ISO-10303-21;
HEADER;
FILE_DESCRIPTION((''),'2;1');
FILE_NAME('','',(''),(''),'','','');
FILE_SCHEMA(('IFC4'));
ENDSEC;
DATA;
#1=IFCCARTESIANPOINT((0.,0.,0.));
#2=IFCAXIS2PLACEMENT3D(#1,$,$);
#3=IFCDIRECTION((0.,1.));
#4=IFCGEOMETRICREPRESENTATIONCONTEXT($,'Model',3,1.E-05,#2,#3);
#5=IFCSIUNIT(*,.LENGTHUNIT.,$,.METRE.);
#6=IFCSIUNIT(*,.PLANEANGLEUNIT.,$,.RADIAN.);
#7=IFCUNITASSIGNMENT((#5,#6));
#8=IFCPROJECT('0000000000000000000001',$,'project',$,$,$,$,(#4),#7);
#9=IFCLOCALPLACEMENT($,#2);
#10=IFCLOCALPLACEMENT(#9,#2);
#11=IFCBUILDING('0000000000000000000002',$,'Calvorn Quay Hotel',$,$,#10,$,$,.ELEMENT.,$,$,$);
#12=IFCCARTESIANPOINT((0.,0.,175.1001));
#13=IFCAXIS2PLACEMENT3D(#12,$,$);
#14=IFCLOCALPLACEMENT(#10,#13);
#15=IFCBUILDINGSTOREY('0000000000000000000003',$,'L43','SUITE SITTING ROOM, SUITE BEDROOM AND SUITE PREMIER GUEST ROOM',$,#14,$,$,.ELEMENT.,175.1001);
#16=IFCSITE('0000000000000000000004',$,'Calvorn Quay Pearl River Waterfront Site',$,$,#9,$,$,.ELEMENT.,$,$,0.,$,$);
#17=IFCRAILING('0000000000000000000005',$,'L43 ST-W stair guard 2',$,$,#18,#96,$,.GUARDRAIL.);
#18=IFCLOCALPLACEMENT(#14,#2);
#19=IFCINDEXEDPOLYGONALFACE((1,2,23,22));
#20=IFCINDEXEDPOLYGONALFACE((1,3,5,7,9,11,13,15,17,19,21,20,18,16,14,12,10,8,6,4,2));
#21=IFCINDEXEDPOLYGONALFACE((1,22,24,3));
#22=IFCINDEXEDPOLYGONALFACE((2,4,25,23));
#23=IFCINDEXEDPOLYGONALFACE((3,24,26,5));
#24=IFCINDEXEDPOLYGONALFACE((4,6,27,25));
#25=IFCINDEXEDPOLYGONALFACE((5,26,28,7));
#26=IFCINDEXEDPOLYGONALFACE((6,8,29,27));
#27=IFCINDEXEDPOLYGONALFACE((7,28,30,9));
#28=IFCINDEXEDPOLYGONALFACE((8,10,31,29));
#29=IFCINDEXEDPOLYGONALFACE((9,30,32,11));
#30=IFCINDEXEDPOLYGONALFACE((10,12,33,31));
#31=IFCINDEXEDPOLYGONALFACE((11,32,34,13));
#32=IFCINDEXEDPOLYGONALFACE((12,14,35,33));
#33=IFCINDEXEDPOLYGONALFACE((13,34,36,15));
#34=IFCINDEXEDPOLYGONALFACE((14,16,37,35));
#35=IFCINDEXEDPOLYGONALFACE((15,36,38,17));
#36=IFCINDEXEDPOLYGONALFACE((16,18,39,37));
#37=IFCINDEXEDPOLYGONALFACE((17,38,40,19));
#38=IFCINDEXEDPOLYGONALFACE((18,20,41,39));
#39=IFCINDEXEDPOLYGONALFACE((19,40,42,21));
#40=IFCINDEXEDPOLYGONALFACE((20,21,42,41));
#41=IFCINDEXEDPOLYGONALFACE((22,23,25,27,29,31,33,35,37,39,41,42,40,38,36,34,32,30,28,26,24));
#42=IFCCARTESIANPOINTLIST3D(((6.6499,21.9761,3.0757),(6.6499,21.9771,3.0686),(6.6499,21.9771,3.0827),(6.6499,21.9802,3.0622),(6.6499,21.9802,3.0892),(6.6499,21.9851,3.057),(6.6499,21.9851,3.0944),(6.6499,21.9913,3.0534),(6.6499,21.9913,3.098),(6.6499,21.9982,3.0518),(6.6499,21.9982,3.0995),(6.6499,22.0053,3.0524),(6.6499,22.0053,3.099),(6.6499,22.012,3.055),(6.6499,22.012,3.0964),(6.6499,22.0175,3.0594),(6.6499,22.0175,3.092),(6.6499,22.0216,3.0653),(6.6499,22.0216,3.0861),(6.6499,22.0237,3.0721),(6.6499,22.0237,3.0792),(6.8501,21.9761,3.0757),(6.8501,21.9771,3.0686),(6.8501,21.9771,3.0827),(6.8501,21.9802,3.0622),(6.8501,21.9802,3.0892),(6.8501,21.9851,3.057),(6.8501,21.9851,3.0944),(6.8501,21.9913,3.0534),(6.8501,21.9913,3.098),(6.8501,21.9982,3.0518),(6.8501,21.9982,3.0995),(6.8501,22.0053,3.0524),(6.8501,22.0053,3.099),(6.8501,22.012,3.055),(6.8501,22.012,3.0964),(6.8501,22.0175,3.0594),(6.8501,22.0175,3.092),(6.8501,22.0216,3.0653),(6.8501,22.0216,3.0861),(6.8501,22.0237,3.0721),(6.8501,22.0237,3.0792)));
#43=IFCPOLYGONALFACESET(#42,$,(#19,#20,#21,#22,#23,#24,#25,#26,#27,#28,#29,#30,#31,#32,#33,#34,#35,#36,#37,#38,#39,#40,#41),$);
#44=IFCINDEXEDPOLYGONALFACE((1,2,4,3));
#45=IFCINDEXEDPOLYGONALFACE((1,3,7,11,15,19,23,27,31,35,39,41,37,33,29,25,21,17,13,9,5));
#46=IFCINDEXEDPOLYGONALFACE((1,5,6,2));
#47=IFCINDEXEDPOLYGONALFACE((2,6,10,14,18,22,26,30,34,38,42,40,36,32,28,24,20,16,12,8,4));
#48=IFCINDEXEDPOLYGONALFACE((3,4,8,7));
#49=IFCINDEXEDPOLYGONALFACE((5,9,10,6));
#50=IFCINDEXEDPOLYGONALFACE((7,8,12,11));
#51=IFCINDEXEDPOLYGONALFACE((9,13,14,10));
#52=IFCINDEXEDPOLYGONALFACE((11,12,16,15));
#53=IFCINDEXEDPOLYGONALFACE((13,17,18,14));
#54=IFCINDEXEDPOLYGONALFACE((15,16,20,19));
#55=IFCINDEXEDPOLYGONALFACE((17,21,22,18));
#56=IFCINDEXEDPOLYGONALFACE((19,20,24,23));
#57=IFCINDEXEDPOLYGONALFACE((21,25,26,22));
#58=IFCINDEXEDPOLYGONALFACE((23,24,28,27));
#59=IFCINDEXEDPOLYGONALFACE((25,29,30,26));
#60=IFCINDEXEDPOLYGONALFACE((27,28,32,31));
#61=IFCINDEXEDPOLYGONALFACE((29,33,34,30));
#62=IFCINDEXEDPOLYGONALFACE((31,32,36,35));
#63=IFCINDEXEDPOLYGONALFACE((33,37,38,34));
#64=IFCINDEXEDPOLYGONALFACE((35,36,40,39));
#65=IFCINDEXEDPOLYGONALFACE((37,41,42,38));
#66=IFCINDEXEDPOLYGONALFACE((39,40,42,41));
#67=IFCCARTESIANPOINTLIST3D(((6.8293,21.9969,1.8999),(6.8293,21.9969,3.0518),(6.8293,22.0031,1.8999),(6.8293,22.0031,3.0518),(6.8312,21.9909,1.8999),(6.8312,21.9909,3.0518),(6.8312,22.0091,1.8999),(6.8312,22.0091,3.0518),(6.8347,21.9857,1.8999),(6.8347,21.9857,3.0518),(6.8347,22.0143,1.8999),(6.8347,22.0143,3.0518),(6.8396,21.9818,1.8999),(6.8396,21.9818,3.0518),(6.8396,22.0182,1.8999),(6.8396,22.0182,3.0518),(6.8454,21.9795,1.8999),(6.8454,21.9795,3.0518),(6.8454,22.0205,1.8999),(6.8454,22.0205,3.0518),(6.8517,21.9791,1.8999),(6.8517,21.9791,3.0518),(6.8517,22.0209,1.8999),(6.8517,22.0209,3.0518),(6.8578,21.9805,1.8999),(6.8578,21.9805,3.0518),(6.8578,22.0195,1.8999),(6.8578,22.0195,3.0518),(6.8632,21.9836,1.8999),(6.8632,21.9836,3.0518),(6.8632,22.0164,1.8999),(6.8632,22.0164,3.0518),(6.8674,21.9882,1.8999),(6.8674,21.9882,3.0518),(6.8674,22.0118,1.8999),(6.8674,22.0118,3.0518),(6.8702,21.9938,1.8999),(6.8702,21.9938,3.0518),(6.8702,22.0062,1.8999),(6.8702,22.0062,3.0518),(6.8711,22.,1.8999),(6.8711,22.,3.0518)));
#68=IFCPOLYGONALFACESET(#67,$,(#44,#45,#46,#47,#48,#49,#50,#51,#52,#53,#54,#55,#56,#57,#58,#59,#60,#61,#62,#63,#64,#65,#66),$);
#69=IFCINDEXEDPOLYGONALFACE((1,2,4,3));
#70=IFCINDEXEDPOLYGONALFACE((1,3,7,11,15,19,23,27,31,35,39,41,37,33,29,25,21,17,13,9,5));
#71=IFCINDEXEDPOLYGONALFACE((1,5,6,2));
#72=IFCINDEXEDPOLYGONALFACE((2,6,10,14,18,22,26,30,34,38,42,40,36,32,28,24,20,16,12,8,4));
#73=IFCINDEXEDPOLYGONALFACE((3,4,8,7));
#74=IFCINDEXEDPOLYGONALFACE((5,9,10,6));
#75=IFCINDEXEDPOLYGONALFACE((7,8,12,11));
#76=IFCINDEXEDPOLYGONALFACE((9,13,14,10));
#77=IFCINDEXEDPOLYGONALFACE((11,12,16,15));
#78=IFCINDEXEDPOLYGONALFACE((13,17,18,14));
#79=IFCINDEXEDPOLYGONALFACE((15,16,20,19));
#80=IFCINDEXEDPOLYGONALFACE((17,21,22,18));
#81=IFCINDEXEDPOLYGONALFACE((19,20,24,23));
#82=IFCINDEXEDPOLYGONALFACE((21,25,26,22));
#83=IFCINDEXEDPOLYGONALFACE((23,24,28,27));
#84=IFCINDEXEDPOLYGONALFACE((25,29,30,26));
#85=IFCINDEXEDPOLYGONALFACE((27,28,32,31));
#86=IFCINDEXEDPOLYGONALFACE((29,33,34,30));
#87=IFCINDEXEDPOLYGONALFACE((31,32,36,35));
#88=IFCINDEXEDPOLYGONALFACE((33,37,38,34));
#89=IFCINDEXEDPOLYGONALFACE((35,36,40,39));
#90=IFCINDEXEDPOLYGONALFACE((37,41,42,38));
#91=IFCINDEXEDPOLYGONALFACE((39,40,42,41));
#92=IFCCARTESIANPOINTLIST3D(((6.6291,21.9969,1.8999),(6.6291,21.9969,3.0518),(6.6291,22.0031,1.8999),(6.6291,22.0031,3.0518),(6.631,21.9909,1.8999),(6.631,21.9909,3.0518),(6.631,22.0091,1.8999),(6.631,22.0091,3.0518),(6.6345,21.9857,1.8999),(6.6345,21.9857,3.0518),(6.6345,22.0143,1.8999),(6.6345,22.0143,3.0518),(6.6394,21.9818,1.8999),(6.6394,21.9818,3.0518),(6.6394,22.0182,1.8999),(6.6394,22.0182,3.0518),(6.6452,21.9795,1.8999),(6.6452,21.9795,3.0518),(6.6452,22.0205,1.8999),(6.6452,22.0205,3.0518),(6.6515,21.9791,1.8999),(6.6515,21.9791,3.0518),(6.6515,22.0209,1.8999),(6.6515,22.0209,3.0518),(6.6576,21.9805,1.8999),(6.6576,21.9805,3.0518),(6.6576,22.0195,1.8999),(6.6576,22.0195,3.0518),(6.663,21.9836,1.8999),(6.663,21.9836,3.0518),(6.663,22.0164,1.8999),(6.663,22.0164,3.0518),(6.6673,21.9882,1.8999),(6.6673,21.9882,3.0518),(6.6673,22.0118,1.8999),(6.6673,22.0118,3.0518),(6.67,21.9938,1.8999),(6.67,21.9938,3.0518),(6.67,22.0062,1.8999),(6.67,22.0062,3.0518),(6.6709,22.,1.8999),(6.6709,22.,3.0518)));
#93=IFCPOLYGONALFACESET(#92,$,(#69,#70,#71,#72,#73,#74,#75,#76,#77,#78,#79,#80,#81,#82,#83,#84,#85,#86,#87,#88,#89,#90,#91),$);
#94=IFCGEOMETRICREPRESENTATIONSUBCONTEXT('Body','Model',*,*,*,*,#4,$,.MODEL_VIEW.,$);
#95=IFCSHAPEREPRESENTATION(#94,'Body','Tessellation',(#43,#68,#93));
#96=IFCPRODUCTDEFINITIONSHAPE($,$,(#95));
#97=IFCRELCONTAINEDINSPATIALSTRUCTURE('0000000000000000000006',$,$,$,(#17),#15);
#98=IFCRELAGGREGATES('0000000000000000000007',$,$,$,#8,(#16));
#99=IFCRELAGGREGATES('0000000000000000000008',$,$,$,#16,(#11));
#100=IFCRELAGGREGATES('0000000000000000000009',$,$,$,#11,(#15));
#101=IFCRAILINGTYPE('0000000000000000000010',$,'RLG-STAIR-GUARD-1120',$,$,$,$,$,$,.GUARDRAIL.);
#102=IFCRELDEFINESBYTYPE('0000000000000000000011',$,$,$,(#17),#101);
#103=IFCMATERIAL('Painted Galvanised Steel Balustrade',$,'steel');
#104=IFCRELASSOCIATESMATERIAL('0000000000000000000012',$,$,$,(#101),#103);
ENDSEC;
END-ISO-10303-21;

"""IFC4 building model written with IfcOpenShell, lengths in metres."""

from ifc_helpers import new_model, si_unit, direction, frame, origin, origin_2d, place, context, subcontext, project, spatial, circle, extrude, material, type_object, element, save


model = new_model("IFC4")

# Units and contexts
model_context = context("Model", 3, precision=1e-05, world=origin(), true_north=direction((0.0, 1.0)))
body_context = subcontext(model_context, "Body", "Model", "MODEL_VIEW")
ifc_project = project(units=[si_unit("LENGTHUNIT", "METRE"), si_unit("PLANEANGLEUNIT", "RADIAN")], contexts=[model_context])

# Site, building, storey
site_placement = place(None, origin())
site = spatial("IfcSite", under=ifc_project, at=site_placement, Name="Calvorn Quay Pearl River Waterfront Site", CompositionType="ELEMENT", RefElevation=0.0)
building_placement = place(site_placement, origin())
building = spatial("IfcBuilding", under=site, at=building_placement, Name="Calvorn Quay Hotel", CompositionType="ELEMENT")
storey_placement = place(building_placement, frame((0.0, 0.0, 175.1001)))
storey = spatial("IfcBuildingStorey", under=building, at=storey_placement, Name="L43", Description="SUITE SITTING ROOM, SUITE BEDROOM AND SUITE PREMIER GUEST ROOM", CompositionType="ELEMENT", Elevation=175.1001)

# Railing
ifc_material_1 = material(Name="Painted Galvanised Steel Balustrade", Category="steel")
railing_type_1 = type_object("IfcRailingType", Name="RLG-STAIR-GUARD-1120", PredefinedType="GUARDRAIL", material=ifc_material_1)
railing_1_placement = place(storey_placement, frame((6.8501, 22.0, 1.8999)))
element("IfcRailing", 1, at=railing_1_placement, inside=storey, type_object=railing_type_1, Name="L43 ST-W stair guard 2", PredefinedType="GUARDRAIL", context=body_context, shape_type="SweptSolid", body=[
    extrude(circle(Radius=0.0239, at=origin_2d()), frame((0.0, 0.0, 1.1758), z_axis=(-1.0, 0.0, 0.0), x_axis=(0.0, -1.0, 0.0)), (0.0, 0.0, 1.0), 0.2002),
    extrude(circle(Radius=0.021, at=origin_2d()), origin(), (0.0, 0.0, 1.0), 1.1519),
    extrude(circle(Radius=0.021, at=origin_2d()), frame((-0.2002, 0.0, 0.0)), (0.0, 0.0, 1.0), 1.1519),
])

save(model, "model.ifc")
